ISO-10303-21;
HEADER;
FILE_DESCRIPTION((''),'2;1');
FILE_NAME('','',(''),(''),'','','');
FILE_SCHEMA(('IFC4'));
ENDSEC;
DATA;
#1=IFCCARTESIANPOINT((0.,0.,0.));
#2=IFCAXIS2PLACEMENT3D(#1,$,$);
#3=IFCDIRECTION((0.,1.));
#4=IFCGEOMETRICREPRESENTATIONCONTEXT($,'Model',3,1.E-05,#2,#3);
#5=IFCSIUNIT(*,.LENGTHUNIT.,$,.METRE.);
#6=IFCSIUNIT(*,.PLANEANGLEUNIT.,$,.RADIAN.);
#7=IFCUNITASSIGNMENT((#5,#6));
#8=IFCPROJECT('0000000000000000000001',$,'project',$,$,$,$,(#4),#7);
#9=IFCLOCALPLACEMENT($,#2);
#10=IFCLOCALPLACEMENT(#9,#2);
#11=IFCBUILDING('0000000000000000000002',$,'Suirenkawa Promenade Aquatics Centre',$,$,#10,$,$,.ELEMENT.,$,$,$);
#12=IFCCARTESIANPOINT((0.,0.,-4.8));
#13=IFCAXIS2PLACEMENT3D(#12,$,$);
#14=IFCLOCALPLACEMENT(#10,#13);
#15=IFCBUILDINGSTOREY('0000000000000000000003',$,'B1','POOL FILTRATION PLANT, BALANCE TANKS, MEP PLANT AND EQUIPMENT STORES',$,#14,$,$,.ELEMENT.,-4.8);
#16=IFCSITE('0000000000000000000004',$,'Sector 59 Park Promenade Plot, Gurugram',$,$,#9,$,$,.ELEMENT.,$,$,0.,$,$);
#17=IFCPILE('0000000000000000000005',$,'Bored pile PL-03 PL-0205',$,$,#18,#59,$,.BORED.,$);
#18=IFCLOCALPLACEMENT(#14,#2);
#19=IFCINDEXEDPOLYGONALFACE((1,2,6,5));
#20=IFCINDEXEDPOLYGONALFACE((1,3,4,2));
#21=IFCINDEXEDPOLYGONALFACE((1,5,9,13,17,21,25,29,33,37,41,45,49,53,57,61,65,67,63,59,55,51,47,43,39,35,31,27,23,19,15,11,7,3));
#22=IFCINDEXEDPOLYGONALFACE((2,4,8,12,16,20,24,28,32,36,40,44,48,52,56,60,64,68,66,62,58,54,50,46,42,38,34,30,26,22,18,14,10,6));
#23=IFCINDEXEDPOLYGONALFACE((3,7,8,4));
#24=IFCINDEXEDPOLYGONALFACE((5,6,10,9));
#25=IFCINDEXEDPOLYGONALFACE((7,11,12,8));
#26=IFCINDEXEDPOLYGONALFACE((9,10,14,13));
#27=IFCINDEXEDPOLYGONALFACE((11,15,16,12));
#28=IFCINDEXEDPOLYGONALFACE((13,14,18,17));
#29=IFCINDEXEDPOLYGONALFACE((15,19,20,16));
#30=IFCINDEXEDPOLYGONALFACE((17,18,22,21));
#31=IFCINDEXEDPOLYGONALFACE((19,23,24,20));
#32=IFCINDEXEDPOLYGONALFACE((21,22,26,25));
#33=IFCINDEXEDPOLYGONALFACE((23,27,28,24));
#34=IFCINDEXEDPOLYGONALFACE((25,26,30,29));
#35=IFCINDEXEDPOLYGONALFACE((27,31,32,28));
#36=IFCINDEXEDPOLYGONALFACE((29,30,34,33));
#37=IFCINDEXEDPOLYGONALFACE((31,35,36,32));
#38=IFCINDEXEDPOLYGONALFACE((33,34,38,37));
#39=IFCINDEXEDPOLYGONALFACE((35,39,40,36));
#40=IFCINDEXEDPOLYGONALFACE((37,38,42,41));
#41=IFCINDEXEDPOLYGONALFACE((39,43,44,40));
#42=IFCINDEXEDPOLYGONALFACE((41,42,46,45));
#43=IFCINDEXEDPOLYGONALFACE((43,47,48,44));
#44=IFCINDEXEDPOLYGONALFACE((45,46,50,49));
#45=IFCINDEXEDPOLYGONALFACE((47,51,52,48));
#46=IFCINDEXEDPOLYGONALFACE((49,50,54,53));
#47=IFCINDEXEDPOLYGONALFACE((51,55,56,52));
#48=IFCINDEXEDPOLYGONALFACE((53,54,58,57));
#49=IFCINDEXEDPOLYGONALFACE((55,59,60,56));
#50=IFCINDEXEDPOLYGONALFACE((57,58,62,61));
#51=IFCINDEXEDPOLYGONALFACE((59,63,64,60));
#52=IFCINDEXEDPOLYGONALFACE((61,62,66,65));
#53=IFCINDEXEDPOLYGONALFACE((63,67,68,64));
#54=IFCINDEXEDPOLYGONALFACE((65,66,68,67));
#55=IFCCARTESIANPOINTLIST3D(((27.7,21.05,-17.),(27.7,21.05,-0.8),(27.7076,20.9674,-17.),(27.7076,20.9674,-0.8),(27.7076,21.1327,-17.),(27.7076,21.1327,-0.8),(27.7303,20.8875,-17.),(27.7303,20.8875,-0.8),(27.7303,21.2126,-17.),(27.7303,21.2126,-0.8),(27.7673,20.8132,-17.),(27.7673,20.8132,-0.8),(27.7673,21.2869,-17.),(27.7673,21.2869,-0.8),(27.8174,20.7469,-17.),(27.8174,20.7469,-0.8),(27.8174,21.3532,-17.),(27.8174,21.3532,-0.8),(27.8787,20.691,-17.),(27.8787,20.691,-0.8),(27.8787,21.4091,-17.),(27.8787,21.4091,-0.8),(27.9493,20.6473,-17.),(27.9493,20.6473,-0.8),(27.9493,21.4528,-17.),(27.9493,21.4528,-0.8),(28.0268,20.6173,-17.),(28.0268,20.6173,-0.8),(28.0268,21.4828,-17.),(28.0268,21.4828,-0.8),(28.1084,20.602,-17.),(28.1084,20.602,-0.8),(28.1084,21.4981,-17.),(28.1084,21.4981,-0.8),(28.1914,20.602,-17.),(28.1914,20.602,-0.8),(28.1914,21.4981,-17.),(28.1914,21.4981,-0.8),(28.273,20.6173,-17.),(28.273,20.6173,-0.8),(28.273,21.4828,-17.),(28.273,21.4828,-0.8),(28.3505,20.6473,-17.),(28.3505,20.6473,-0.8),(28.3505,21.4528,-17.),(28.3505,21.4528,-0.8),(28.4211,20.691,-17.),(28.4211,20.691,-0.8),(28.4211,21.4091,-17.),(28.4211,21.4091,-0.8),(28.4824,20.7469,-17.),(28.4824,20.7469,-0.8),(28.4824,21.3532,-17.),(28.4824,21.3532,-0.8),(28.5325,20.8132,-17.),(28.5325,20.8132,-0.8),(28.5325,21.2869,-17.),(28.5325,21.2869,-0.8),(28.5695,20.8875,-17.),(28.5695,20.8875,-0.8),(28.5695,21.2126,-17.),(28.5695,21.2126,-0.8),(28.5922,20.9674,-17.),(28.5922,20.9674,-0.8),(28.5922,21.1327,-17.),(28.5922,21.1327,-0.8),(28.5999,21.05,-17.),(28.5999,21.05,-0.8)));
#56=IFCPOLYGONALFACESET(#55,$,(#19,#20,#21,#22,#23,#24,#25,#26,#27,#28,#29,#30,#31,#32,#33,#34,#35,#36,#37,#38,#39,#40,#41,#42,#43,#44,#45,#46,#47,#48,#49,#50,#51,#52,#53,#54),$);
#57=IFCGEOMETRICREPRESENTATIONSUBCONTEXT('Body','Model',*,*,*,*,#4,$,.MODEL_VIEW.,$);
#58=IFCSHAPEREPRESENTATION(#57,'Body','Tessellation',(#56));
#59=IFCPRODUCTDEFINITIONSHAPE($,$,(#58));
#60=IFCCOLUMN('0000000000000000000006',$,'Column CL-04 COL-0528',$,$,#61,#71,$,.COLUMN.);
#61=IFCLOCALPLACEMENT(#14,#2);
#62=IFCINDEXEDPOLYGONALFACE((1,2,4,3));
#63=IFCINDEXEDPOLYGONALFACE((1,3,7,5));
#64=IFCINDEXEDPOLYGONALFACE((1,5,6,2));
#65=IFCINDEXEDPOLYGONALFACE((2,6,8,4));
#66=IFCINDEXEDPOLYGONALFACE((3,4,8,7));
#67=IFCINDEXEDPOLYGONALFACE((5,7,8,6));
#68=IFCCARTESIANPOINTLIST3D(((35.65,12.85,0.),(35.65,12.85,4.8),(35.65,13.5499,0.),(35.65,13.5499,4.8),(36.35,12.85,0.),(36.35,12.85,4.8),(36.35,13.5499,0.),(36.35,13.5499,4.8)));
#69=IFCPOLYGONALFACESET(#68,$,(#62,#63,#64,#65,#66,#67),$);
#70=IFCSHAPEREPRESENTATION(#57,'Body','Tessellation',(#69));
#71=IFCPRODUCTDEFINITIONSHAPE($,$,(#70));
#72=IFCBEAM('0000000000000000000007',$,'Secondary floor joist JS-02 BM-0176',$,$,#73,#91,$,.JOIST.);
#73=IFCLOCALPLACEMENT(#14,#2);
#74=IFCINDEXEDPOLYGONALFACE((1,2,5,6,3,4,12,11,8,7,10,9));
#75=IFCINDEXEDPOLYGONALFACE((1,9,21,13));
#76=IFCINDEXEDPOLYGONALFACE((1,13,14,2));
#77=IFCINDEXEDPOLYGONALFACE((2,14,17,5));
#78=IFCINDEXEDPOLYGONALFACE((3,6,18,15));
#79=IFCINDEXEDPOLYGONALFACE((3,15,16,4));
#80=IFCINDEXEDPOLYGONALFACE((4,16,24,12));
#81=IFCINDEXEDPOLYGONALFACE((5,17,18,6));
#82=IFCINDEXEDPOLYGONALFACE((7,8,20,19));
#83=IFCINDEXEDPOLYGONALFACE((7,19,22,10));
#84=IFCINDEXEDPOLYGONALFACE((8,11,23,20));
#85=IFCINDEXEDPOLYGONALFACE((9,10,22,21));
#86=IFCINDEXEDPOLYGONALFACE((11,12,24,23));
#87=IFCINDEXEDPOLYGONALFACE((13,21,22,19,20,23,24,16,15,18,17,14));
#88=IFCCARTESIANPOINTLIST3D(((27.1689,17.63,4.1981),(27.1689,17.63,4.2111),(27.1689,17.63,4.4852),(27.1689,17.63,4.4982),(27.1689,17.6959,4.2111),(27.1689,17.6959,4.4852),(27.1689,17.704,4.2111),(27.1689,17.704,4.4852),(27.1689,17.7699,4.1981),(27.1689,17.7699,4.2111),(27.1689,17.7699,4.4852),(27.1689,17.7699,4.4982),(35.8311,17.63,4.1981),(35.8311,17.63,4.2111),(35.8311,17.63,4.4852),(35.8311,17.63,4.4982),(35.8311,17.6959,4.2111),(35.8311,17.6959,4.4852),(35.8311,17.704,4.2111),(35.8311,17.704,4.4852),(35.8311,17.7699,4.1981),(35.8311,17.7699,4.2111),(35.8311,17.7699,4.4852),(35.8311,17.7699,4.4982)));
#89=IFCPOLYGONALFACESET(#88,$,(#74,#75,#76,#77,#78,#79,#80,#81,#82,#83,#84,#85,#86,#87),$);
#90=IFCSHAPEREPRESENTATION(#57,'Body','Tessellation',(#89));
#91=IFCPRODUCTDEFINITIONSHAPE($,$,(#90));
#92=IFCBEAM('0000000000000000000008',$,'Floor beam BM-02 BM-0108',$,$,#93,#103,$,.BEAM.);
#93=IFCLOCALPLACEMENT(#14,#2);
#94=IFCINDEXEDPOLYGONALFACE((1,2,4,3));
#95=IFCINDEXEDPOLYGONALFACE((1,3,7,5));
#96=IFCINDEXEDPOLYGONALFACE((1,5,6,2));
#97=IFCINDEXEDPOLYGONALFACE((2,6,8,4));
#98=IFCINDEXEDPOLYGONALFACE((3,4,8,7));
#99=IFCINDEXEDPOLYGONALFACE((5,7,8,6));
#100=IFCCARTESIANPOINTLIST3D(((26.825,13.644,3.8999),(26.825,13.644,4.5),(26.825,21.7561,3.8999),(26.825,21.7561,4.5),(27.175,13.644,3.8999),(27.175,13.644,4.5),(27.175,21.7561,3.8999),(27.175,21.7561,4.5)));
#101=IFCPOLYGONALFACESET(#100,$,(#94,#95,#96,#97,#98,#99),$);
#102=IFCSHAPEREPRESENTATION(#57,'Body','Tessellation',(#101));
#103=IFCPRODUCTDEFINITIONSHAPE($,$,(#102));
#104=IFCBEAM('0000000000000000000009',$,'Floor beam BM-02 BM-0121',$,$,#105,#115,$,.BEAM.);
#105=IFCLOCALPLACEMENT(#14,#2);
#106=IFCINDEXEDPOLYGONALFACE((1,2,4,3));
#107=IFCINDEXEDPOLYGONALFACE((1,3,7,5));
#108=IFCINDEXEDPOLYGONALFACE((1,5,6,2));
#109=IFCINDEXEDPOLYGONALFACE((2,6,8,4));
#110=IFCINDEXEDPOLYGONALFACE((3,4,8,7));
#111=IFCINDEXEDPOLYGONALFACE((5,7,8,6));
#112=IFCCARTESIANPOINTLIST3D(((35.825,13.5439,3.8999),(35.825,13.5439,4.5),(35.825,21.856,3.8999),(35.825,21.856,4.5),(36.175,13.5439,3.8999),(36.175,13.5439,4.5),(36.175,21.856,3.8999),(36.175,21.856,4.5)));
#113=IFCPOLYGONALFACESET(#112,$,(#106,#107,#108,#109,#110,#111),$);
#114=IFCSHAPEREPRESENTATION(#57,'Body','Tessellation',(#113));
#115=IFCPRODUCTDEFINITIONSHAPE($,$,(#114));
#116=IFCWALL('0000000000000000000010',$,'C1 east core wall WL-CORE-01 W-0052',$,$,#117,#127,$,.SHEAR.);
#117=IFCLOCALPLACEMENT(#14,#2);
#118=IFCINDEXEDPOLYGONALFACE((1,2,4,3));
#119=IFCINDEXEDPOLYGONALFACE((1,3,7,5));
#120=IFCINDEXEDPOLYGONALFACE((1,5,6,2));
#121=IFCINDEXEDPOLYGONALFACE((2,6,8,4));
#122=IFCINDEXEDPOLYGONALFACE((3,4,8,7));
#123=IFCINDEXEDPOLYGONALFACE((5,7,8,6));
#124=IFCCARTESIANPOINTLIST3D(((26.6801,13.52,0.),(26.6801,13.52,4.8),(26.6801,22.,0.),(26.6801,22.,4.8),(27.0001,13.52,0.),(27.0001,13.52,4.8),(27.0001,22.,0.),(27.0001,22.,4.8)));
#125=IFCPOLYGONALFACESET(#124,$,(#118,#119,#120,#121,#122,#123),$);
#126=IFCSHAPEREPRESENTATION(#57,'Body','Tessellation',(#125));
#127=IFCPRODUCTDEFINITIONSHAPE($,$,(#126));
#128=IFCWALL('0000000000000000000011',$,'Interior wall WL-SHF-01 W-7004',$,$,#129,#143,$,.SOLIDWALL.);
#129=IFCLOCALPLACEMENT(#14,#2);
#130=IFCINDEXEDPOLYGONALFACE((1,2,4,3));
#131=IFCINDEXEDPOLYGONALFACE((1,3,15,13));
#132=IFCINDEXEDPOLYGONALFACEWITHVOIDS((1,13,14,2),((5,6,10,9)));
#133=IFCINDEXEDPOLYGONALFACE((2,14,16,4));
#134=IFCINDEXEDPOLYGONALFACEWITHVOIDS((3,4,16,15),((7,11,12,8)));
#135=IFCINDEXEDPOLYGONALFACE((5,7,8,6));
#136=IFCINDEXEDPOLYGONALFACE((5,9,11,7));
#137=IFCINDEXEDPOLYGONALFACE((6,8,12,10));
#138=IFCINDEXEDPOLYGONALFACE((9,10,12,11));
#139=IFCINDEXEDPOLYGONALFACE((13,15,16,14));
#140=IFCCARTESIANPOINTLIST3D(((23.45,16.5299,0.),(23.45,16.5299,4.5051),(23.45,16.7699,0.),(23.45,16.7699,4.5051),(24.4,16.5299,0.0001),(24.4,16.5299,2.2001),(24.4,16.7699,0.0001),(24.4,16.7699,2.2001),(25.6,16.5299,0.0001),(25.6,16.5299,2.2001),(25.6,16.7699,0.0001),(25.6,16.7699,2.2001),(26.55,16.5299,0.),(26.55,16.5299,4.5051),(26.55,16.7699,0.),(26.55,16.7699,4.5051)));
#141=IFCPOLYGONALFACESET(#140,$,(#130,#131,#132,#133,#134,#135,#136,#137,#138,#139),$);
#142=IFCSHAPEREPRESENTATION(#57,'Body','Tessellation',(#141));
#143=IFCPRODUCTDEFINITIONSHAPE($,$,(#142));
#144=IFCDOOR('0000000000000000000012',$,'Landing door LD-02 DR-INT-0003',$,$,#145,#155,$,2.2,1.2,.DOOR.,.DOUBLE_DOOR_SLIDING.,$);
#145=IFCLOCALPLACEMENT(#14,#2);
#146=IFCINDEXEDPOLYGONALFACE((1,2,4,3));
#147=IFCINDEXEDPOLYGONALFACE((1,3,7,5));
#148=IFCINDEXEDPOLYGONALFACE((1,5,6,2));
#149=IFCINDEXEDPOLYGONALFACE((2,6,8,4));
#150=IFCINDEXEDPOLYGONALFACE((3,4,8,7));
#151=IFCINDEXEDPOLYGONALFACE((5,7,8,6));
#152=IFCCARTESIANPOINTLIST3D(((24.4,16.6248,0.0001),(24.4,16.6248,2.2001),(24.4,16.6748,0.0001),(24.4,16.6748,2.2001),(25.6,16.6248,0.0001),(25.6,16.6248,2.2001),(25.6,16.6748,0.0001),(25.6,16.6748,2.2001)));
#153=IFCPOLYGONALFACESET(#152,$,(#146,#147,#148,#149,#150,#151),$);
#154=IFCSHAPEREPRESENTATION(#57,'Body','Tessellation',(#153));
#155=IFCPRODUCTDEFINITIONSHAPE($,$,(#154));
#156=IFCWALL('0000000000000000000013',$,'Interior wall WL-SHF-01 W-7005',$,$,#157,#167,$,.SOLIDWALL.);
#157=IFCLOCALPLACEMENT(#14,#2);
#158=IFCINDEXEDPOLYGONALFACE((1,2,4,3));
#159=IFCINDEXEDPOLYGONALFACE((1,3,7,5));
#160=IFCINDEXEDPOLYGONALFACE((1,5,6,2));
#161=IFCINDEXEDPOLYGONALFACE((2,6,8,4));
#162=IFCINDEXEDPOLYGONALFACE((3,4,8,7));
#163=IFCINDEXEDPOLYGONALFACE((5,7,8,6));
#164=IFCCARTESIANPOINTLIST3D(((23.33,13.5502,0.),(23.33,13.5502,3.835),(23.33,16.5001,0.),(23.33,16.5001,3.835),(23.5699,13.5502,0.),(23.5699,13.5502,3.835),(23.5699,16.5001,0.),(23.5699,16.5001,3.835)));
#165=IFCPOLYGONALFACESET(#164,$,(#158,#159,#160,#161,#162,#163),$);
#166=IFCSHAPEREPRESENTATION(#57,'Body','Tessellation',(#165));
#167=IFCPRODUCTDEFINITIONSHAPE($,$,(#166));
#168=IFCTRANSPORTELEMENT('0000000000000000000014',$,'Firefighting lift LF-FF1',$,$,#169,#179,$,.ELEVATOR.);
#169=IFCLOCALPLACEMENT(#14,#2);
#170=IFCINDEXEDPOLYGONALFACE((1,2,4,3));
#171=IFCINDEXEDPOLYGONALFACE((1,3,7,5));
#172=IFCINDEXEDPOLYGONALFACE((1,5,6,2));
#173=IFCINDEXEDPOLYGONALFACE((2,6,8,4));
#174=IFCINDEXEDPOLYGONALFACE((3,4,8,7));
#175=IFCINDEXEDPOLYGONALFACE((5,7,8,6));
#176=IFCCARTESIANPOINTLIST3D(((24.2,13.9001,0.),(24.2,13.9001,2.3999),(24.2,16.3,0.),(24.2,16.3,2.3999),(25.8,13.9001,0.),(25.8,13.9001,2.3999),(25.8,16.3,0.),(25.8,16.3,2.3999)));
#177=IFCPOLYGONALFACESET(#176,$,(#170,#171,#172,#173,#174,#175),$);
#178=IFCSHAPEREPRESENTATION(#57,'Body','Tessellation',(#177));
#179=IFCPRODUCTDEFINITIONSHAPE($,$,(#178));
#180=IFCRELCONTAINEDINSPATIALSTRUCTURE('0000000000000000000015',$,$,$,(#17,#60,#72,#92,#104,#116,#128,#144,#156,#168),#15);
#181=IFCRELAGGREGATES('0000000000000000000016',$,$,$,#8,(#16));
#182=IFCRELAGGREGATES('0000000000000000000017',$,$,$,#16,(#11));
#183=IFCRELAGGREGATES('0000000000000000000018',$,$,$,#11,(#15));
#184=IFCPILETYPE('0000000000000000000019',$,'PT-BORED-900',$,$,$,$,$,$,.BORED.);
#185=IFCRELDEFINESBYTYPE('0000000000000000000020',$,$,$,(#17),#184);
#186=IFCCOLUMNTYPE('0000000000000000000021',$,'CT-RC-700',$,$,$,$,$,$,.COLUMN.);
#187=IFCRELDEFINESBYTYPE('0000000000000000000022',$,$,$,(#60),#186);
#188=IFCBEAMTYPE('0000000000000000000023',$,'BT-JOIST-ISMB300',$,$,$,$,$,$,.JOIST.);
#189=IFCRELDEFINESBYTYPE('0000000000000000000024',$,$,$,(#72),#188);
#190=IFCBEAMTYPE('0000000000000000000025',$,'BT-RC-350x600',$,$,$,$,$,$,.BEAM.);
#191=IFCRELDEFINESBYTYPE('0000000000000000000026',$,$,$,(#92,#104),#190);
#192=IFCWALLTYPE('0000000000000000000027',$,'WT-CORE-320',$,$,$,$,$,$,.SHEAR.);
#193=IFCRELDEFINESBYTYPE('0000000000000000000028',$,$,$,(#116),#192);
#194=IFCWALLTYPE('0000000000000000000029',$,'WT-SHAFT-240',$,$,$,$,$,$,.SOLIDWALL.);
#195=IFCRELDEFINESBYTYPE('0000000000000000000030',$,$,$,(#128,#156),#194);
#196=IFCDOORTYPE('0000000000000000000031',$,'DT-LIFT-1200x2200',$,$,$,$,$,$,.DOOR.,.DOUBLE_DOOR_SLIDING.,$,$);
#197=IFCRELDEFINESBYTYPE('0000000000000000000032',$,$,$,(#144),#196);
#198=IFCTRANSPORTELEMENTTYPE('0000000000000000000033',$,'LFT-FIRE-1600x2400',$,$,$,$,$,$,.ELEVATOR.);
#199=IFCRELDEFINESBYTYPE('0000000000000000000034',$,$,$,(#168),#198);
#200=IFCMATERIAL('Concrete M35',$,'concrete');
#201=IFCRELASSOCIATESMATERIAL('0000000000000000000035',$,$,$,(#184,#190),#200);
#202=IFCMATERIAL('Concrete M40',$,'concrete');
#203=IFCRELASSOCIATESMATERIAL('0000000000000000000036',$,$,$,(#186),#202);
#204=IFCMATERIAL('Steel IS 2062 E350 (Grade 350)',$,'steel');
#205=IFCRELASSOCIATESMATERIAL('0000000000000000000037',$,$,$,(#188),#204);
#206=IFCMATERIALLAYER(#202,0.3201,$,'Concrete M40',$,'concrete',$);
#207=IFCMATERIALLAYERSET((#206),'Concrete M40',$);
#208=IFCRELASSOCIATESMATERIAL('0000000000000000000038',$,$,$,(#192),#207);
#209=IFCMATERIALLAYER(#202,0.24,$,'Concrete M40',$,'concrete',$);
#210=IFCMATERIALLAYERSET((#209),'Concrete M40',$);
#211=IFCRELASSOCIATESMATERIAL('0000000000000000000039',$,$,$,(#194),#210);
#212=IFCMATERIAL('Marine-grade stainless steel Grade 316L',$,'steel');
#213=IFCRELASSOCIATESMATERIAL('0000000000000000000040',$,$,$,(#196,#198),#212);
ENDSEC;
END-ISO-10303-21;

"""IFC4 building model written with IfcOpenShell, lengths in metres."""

from ifc_helpers import new_model, si_unit, direction, frame, frame_2d, origin, origin_2d, place, context, subcontext, project, spatial, rectangle, circle, i_section, extrude, material, layer, layer_set, material_profile, profile_set, type_object, element, fill, save


model = new_model("IFC4")

# Units and contexts
model_context = context("Model", 3, precision=1e-05, world=origin(), true_north=direction((0.0, 1.0)))
body_context = subcontext(model_context, "Body", "Model", "MODEL_VIEW")
ifc_project = project(units=[si_unit("LENGTHUNIT", "METRE"), si_unit("PLANEANGLEUNIT", "RADIAN")], contexts=[model_context])

# Site, building, storey
site_placement = place(None, origin())
site = spatial("IfcSite", under=ifc_project, at=site_placement, Name="Sector 59 Park Promenade Plot, Gurugram", CompositionType="ELEMENT", RefElevation=0.0)
building_placement = place(site_placement, origin())
building = spatial("IfcBuilding", under=site, at=building_placement, Name="Suirenkawa Promenade Aquatics Centre", CompositionType="ELEMENT")
storey_placement = place(building_placement, frame((0.0, 0.0, -4.8)))
storey = spatial("IfcBuildingStorey", under=building, at=storey_placement, Name="B1", Description="POOL FILTRATION PLANT, BALANCE TANKS, MEP PLANT AND EQUIPMENT STORES", CompositionType="ELEMENT", Elevation=-4.8)

# Shared definitions
ifc_material_1 = material(Name="Concrete M35", Category="concrete")

# Pile
ifc_material_profile_1 = material_profile(ifc_material_1, circle(Radius=0.45, at=origin_2d()), Name="PILE D900", Category="concrete")
ifc_profile_set_1 = profile_set([ifc_material_profile_1], Name="Concrete M35")
pile_type_1 = type_object("IfcPileType", Name="PT-BORED-900", PredefinedType="BORED", material=ifc_profile_set_1)
for number, where, z_axis, x_axis, name in (
    (1, (28.1499, 21.05, -0.8), (0.0, 0.0, -1.0), (1.0, 0.0, 0.0), "Bored pile PL-03 PL-0205"),
):
    element("IfcPile", number, at=place(storey_placement, frame(where, z_axis=z_axis, x_axis=x_axis)), inside=storey, type_object=pile_type_1, Name=name, PredefinedType="BORED", context=body_context, shape_type="SweptSolid", body=[
        extrude(circle(Radius=0.45, at=origin_2d()), origin(), (0.0, 0.0, 1.0), 16.2),
    ])

# Column
ifc_material_2 = material(Name="Concrete M40", Category="concrete")
ifc_material_profile_2 = material_profile(ifc_material_2, rectangle(XDim=0.7, YDim=0.7, at=origin_2d()), Name="RC COL 700x700", Category="concrete")
ifc_profile_set_2 = profile_set([ifc_material_profile_2], Name="Concrete M40")
column_type = type_object("IfcColumnType", Name="CT-RC-700", PredefinedType="COLUMN", material=ifc_profile_set_2)
column_placement = place(storey_placement, frame((36.0, 13.2, 0.0), z_axis=(0.0, 0.0, 1.0), x_axis=(1.0, 0.0, 0.0)))
element("IfcColumn", 2, at=column_placement, inside=storey, type_object=column_type, Name="Column CL-04 COL-0528", PredefinedType="COLUMN", context=body_context, shape_type="SweptSolid", body=[
    extrude(rectangle(XDim=0.7, YDim=0.7, at=origin_2d()), origin(), (0.0, 0.0, 1.0), 4.8),
])

# Beams
ifc_material_3 = material(Name="Steel IS 2062 E350 (Grade 350)", Category="steel")
ifc_material_profile_3 = material_profile(ifc_material_3, i_section(OverallWidth=0.1399, OverallDepth=0.3, WebThickness=0.0081, FlangeThickness=0.0129, at=origin_2d()), Name="ISMB 300", Category="steel")
ifc_profile_set_3 = profile_set([ifc_material_profile_3], Name="Steel IS 2062 E350 (Grade 350)")
beam_type_1 = type_object("IfcBeamType", Name="BT-JOIST-ISMB300", PredefinedType="JOIST", material=ifc_profile_set_3)
beam_1_placement = place(storey_placement, frame((27.1689, 17.7, 4.3481), z_axis=(1.0, 0.0, 0.0), x_axis=(0.0, 1.0, 0.0)))
element("IfcBeam", 3, at=beam_1_placement, inside=storey, type_object=beam_type_1, Name="Secondary floor joist JS-02 BM-0176", PredefinedType="JOIST", context=body_context, shape_type="SweptSolid", body=[
    extrude(i_section(OverallWidth=0.1399, OverallDepth=0.3, WebThickness=0.0081, FlangeThickness=0.0129, at=origin_2d()), origin(), (0.0, 0.0, 1.0), 8.6621),
])
ifc_material_profile_4 = material_profile(ifc_material_1, rectangle(XDim=0.3501, YDim=0.6001, at=origin_2d()), Name="RC BM 350x600", Category="concrete")
ifc_profile_set_4 = profile_set([ifc_material_profile_4], Name="Concrete M35")
beam_type_2 = type_object("IfcBeamType", Name="BT-RC-350x600", PredefinedType="BEAM", material=ifc_profile_set_4)
beam_2_placement = place(storey_placement, frame((27.0, 13.644, 4.2), z_axis=(0.0, 1.0, 0.0), x_axis=(-1.0, 0.0, 0.0)))
element("IfcBeam", 4, at=beam_2_placement, inside=storey, type_object=beam_type_2, Name="Floor beam BM-02 BM-0108", PredefinedType="BEAM", context=body_context, shape_type="SweptSolid", body=[
    extrude(rectangle(XDim=0.3501, YDim=0.6001, at=origin_2d()), origin(), (0.0, 0.0, 1.0), 8.1121),
])
beam_3_placement = place(storey_placement, frame((36.0, 13.5439, 4.2), z_axis=(0.0, 1.0, 0.0), x_axis=(-1.0, 0.0, 0.0)))
element("IfcBeam", 5, at=beam_3_placement, inside=storey, type_object=beam_type_2, Name="Floor beam BM-02 BM-0121", PredefinedType="BEAM", context=body_context, shape_type="SweptSolid", body=[
    extrude(rectangle(XDim=0.3501, YDim=0.6001, at=origin_2d()), origin(), (0.0, 0.0, 1.0), 8.312),
])

# Wall
ifc_layer_1 = layer(ifc_material_2, 0.3201, Name="Concrete M40", Category="concrete")
ifc_layer_set_1 = layer_set([ifc_layer_1], Name="Concrete M40")
wall_type_1 = type_object("IfcWallType", Name="WT-CORE-320", PredefinedType="SHEAR", material=ifc_layer_set_1)
wall_1_placement = place(storey_placement, frame((26.8401, 13.52, 0.0), z_axis=(0.0, 0.0, 1.0), x_axis=(0.0, 1.0, 0.0)))
element("IfcWall", 6, at=wall_1_placement, inside=storey, type_object=wall_type_1, Name="C1 east core wall WL-CORE-01 W-0052", PredefinedType="SHEAR", context=body_context, shape_type="SweptSolid", body=[
    extrude(rectangle(XDim=8.48, YDim=0.3201, at=frame_2d((4.24, 0.0))), origin(), (0.0, 0.0, 1.0), 4.8),
])

# Wall, opening, door
ifc_layer_2 = layer(ifc_material_2, 0.24, Name="Concrete M40", Category="concrete")
ifc_layer_set_2 = layer_set([ifc_layer_2], Name="Concrete M40")
wall_type_2 = type_object("IfcWallType", Name="WT-SHAFT-240", PredefinedType="SOLIDWALL", material=ifc_layer_set_2)
wall_2_placement = place(storey_placement, frame((23.45, 16.6499, 0.0), z_axis=(0.0, 0.0, 1.0), x_axis=(1.0, 0.0, 0.0)))
wall_2 = element("IfcWall", 7, at=wall_2_placement, inside=storey, type_object=wall_type_2, Name="Interior wall WL-SHF-01 W-7004", PredefinedType="SOLIDWALL", context=body_context, shape_type="SweptSolid", body=[
    extrude(rectangle(XDim=3.1001, YDim=0.24, at=frame_2d((1.55, 0.0))), origin(), (0.0, 0.0, 1.0), 4.5051),
])
opening_placement = place(wall_2_placement, frame((0.95, 0.0, 0.0)))
opening = element("IfcOpeningElement", 8, at=opening_placement, cuts=wall_2, PredefinedType="OPENING", context=body_context, shape_type="SweptSolid", body=[
    extrude(rectangle(XDim=1.2, YDim=2.2, at=frame_2d((0.6001, 1.1001))), frame((0.0, 0.1299, 0.0), z_axis=(0.0, -1.0, 0.0), x_axis=(1.0, 0.0, 0.0)), (0.0, 0.0, 1.0), 0.26),
])
ifc_material_4 = material(Name="Marine-grade stainless steel Grade 316L", Category="steel")
door_type = type_object("IfcDoorType", Name="DT-LIFT-1200x2200", OperationType="DOUBLE_DOOR_SLIDING", PredefinedType="DOOR", material=ifc_material_4)
door_placement = place(opening_placement, origin())
door = element("IfcDoor", 9, at=door_placement, inside=storey, type_object=door_type, Name="Landing door LD-02 DR-INT-0003", OperationType="DOUBLE_DOOR_SLIDING", OverallHeight=2.2, OverallWidth=1.2, PredefinedType="DOOR", context=body_context, shape_type="SweptSolid", body=[
    extrude(rectangle(XDim=1.2, YDim=2.2, at=frame_2d((0.6001, 1.1001))), frame((0.0, 0.0249, 0.0), z_axis=(0.0, -1.0, 0.0), x_axis=(1.0, 0.0, 0.0)), (0.0, 0.0, 1.0), 0.05),
])
fill(opening, door)

# Wall
wall_3_placement = place(storey_placement, frame((23.45, 13.55, 0.0), z_axis=(0.0, 0.0, 1.0), x_axis=(0.0, 1.0, 0.0)))
element("IfcWall", 10, at=wall_3_placement, inside=storey, type_object=wall_type_2, Name="Interior wall WL-SHF-01 W-7005", PredefinedType="SOLIDWALL", context=body_context, shape_type="SweptSolid", body=[
    extrude(rectangle(XDim=2.95, YDim=0.24, at=frame_2d((1.4751, 0.0))), origin(), (0.0, 0.0, 1.0), 3.835),
])

# Transport element
transport_element_type = type_object("IfcTransportElementType", Name="LFT-FIRE-1600x2400", PredefinedType="ELEVATOR", material=ifc_material_4)
transport_element_placement = place(storey_placement, frame((25.0, 15.1001, 0.0), z_axis=(0.0, 0.0, 1.0), x_axis=(1.0, 0.0, 0.0)))
element("IfcTransportElement", 11, at=transport_element_placement, inside=storey, type_object=transport_element_type, Name="Firefighting lift LF-FF1", PredefinedType="ELEVATOR", context=body_context, shape_type="SweptSolid", body=[
    extrude(rectangle(XDim=1.6001, YDim=2.3999, at=origin_2d()), origin(), (0.0, 0.0, 1.0), 2.3999),
])

save(model, "model.ifc")
